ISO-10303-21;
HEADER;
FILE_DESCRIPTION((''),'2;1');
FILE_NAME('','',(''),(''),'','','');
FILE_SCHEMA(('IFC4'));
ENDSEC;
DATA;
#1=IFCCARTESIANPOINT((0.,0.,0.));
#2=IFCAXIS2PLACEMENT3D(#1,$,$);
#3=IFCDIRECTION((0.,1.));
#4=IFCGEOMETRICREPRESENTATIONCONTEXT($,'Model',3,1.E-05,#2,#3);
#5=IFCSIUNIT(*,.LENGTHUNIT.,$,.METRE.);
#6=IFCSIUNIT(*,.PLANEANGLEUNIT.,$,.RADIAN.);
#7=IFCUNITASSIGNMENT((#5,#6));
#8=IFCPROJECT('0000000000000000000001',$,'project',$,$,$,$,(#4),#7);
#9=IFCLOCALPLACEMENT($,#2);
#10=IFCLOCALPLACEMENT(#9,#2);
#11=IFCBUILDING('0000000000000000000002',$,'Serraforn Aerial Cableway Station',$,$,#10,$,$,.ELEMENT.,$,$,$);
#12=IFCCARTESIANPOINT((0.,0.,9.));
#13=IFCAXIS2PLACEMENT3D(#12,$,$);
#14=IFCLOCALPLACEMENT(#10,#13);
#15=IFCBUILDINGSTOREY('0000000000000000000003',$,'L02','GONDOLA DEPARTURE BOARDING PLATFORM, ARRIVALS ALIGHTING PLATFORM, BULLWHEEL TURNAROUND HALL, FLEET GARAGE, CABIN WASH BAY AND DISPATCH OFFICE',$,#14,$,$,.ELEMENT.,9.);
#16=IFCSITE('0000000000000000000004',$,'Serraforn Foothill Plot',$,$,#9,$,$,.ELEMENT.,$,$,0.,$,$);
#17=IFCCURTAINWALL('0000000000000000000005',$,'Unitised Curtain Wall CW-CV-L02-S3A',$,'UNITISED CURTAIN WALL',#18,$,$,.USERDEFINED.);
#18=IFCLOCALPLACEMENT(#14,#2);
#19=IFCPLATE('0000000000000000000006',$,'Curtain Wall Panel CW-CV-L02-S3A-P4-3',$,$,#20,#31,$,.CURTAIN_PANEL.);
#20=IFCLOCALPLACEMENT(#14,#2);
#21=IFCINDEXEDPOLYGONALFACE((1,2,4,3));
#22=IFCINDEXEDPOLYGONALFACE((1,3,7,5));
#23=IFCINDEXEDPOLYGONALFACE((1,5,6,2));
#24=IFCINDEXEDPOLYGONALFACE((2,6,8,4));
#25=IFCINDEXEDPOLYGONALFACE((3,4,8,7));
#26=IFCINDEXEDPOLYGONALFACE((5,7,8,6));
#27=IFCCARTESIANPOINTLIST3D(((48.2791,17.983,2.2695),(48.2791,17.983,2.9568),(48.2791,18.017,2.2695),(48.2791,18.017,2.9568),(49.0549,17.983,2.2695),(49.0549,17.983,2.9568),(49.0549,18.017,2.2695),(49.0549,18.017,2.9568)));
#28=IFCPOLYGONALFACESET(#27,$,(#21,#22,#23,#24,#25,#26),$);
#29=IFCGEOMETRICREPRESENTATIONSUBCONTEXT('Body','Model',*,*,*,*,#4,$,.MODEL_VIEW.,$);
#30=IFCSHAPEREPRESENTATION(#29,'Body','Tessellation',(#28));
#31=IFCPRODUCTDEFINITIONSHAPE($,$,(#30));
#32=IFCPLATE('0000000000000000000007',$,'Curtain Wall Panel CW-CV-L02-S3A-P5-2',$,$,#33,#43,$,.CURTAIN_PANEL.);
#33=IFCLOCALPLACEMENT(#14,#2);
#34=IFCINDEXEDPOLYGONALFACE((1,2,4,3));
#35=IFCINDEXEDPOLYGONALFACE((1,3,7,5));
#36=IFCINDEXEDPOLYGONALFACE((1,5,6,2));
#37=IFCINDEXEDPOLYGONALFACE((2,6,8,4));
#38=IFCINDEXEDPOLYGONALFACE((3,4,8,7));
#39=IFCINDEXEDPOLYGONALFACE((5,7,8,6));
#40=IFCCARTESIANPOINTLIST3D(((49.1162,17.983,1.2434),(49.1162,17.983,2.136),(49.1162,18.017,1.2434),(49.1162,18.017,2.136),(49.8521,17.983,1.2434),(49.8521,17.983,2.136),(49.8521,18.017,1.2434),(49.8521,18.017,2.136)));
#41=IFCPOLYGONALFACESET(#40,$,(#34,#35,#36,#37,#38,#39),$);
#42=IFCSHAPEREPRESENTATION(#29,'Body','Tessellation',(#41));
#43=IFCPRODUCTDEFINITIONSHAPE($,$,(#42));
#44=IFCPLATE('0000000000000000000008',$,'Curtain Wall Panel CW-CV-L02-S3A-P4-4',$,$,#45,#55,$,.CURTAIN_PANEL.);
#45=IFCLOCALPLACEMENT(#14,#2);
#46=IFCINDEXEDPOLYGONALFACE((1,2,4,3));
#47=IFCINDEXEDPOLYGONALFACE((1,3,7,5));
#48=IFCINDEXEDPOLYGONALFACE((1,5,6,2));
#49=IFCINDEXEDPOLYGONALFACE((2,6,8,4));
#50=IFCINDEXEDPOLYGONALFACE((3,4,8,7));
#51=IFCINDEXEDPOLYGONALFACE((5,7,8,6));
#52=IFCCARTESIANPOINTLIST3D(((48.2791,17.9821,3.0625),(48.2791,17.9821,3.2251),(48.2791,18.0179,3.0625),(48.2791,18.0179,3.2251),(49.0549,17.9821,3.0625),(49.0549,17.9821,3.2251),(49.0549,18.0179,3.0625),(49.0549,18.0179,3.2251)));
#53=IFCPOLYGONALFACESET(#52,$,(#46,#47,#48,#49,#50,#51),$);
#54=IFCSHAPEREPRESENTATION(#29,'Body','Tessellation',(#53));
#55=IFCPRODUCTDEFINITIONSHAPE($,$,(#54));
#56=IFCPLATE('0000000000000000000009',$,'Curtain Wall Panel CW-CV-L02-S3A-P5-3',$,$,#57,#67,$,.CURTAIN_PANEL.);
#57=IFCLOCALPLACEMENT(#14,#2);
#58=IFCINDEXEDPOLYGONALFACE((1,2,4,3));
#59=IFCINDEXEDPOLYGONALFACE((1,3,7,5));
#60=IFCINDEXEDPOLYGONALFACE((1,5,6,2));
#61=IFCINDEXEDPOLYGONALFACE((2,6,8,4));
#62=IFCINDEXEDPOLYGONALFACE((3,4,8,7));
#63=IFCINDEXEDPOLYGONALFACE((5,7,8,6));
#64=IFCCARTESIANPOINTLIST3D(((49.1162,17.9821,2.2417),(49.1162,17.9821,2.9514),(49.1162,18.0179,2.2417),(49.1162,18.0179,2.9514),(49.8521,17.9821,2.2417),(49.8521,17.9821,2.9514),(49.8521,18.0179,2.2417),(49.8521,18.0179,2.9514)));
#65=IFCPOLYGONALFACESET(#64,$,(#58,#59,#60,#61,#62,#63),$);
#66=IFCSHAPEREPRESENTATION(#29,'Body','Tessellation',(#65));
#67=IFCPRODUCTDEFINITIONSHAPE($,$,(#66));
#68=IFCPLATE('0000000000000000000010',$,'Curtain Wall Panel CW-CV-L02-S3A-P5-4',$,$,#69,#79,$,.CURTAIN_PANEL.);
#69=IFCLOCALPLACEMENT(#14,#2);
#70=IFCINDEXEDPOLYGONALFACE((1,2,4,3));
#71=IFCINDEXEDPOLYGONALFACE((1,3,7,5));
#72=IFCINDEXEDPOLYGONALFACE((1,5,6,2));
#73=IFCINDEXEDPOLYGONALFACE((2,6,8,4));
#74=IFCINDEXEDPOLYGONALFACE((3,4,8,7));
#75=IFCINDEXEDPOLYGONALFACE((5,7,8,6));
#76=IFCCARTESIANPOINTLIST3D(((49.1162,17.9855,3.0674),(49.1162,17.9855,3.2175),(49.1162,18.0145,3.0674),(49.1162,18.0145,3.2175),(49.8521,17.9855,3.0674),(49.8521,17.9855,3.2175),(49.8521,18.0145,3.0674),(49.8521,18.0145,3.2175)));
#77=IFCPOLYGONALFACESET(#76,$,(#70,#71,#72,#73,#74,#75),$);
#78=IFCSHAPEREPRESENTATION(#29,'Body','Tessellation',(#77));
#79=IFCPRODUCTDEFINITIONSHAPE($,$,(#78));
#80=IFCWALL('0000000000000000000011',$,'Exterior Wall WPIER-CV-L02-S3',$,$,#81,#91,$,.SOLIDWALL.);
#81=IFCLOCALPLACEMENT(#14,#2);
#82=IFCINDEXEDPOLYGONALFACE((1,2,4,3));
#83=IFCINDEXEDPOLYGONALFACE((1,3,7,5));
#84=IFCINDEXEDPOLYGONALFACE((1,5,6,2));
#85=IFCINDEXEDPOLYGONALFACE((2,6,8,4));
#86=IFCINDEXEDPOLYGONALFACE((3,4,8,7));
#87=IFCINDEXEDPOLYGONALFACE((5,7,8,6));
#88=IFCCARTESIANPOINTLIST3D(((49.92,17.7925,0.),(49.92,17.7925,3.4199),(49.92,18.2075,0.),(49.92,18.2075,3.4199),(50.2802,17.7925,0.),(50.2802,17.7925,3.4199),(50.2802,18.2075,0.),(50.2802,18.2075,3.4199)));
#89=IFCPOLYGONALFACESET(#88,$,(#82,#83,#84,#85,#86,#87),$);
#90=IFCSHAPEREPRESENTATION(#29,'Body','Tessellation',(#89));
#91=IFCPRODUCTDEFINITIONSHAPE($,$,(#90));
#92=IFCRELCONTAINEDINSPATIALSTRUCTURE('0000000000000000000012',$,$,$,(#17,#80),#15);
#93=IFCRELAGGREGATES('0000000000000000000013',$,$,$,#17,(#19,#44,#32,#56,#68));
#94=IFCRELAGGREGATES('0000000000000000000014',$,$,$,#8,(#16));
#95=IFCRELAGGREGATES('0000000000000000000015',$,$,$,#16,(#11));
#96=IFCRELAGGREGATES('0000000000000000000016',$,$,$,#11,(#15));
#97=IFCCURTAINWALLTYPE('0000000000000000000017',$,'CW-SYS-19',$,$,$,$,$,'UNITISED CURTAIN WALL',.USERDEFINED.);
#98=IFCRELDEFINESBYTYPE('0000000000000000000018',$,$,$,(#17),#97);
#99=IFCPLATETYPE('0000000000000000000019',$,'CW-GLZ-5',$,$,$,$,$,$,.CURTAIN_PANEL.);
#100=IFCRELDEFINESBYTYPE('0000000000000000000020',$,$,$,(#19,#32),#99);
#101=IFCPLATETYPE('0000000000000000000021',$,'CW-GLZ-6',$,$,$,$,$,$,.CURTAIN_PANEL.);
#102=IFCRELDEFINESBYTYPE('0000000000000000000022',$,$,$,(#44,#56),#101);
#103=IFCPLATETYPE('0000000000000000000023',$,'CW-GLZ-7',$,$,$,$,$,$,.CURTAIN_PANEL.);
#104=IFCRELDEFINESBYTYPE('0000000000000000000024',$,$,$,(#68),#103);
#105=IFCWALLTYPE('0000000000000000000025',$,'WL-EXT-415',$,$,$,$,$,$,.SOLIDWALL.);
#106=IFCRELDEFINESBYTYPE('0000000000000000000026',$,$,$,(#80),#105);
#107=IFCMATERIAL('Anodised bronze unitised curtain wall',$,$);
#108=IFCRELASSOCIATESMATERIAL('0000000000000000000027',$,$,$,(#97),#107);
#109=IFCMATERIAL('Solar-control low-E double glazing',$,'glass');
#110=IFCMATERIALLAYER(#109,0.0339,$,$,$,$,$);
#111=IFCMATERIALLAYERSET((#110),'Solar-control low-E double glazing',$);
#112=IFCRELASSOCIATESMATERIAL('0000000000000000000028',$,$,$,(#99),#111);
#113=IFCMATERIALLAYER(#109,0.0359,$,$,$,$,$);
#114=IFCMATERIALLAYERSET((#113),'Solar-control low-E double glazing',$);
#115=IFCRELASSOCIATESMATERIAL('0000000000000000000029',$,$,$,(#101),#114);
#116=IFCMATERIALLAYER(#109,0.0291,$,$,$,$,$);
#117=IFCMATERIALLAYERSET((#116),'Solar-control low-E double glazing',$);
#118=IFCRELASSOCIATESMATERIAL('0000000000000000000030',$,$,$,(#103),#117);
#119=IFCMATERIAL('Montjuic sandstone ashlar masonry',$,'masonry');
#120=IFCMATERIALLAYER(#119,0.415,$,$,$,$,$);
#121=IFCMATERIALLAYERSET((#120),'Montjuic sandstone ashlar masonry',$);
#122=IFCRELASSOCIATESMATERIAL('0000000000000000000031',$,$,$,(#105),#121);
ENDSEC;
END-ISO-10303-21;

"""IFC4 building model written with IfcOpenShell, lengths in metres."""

from ifc_helpers import new_model, si_unit, direction, frame, frame_2d, origin, origin_2d, place, context, subcontext, project, spatial, rectangle, extrude, material, layer, layer_set, type_object, element, aggregate, save


model = new_model("IFC4")

# Units and contexts
model_context = context("Model", 3, precision=1e-05, world=origin(), true_north=direction((0.0, 1.0)))
body_context = subcontext(model_context, "Body", "Model", "MODEL_VIEW")
ifc_project = project(units=[si_unit("LENGTHUNIT", "METRE"), si_unit("PLANEANGLEUNIT", "RADIAN")], contexts=[model_context])

# Site, building, storey
site_placement = place(None, origin())
site = spatial("IfcSite", under=ifc_project, at=site_placement, Name="Serraforn Foothill Plot", CompositionType="ELEMENT", RefElevation=0.0)
building_placement = place(site_placement, origin())
building = spatial("IfcBuilding", under=site, at=building_placement, Name="Serraforn Aerial Cableway Station", CompositionType="ELEMENT")
storey_placement = place(building_placement, frame((0.0, 0.0, 9.0)))
storey = spatial("IfcBuildingStorey", under=building, at=storey_placement, Name="L02", Description="GONDOLA DEPARTURE BOARDING PLATFORM, ARRIVALS ALIGHTING PLATFORM, BULLWHEEL TURNAROUND HALL, FLEET GARAGE, CABIN WASH BAY AND DISPATCH OFFICE", CompositionType="ELEMENT", Elevation=9.0)

# Curtain wall
ifc_material_1 = material(Name="Anodised bronze unitised curtain wall")
curtain_wall_type_1 = type_object("IfcCurtainWallType", Name="CW-SYS-19", ElementType="UNITISED CURTAIN WALL", PredefinedType="USERDEFINED", material=ifc_material_1)
curtain_wall_1_placement = place(storey_placement, origin())
curtain_wall_1 = element("IfcCurtainWall", 1, at=curtain_wall_1_placement, inside=storey, type_object=curtain_wall_type_1, Name="Unitised Curtain Wall CW-CV-L02-S3A", ObjectType="UNITISED CURTAIN WALL", PredefinedType="USERDEFINED")

# Plates
ifc_material_2 = material(Name="Solar-control low-E double glazing", Category="glass")
ifc_layer_1 = layer(ifc_material_2, 0.0339)
ifc_layer_set_1 = layer_set([ifc_layer_1], Name="Solar-control low-E double glazing")
plate_type_1 = type_object("IfcPlateType", Name="CW-GLZ-5", PredefinedType="CURTAIN_PANEL", material=ifc_layer_set_1)
plate_1_placement = place(storey_placement, frame((48.667, 18.0, 2.2695), z_axis=(0.0, 0.0, 1.0), x_axis=(1.0, 0.0, 0.0)))
plate_1 = element("IfcPlate", 2, at=plate_1_placement, type_object=plate_type_1, Name="Curtain Wall Panel CW-CV-L02-S3A-P4-3", PredefinedType="CURTAIN_PANEL", context=body_context, shape_type="SweptSolid", body=[
    extrude(rectangle(XDim=0.7759, YDim=0.0339, at=origin_2d()), origin(), (0.0, 0.0, 1.0), 0.6873),
])
plate_2_placement = place(storey_placement, frame((49.4841, 18.0, 1.2434), z_axis=(0.0, 0.0, 1.0), x_axis=(1.0, 0.0, 0.0)))
plate_2 = element("IfcPlate", 3, at=plate_2_placement, type_object=plate_type_1, Name="Curtain Wall Panel CW-CV-L02-S3A-P5-2", PredefinedType="CURTAIN_PANEL", context=body_context, shape_type="SweptSolid", body=[
    extrude(rectangle(XDim=0.7358, YDim=0.0339, at=origin_2d()), origin(), (0.0, 0.0, 1.0), 0.8926),
])
ifc_layer_2 = layer(ifc_material_2, 0.0359)
ifc_layer_set_2 = layer_set([ifc_layer_2], Name="Solar-control low-E double glazing")
plate_type_2 = type_object("IfcPlateType", Name="CW-GLZ-6", PredefinedType="CURTAIN_PANEL", material=ifc_layer_set_2)
plate_3_placement = place(storey_placement, frame((48.667, 18.0, 3.0625), z_axis=(0.0, 0.0, 1.0), x_axis=(1.0, 0.0, 0.0)))
plate_3 = element("IfcPlate", 4, at=plate_3_placement, type_object=plate_type_2, Name="Curtain Wall Panel CW-CV-L02-S3A-P4-4", PredefinedType="CURTAIN_PANEL", context=body_context, shape_type="SweptSolid", body=[
    extrude(rectangle(XDim=0.7759, YDim=0.0359, at=origin_2d()), origin(), (0.0, 0.0, 1.0), 0.1626),
])
plate_4_placement = place(storey_placement, frame((49.4841, 18.0, 2.2417), z_axis=(0.0, 0.0, 1.0), x_axis=(1.0, 0.0, 0.0)))
plate_4 = element("IfcPlate", 5, at=plate_4_placement, type_object=plate_type_2, Name="Curtain Wall Panel CW-CV-L02-S3A-P5-3", PredefinedType="CURTAIN_PANEL", context=body_context, shape_type="SweptSolid", body=[
    extrude(rectangle(XDim=0.7358, YDim=0.0359, at=origin_2d()), origin(), (0.0, 0.0, 1.0), 0.7097),
])
ifc_layer_3 = layer(ifc_material_2, 0.0291)
ifc_layer_set_3 = layer_set([ifc_layer_3], Name="Solar-control low-E double glazing")
plate_type_3 = type_object("IfcPlateType", Name="CW-GLZ-7", PredefinedType="CURTAIN_PANEL", material=ifc_layer_set_3)
plate_5_placement = place(storey_placement, frame((49.4841, 18.0, 3.0674), z_axis=(0.0, 0.0, 1.0), x_axis=(1.0, 0.0, 0.0)))
plate_5 = element("IfcPlate", 6, at=plate_5_placement, type_object=plate_type_3, Name="Curtain Wall Panel CW-CV-L02-S3A-P5-4", PredefinedType="CURTAIN_PANEL", context=body_context, shape_type="SweptSolid", body=[
    extrude(rectangle(XDim=0.7358, YDim=0.0291, at=origin_2d()), origin(), (0.0, 0.0, 1.0), 0.1501),
])
aggregate(curtain_wall_1, [plate_1, plate_3, plate_2, plate_4, plate_5])

# Wall
ifc_material_3 = material(Name="Montjuic sandstone ashlar masonry", Category="masonry")
ifc_layer_4 = layer(ifc_material_3, 0.415)
ifc_layer_set_4 = layer_set([ifc_layer_4], Name="Montjuic sandstone ashlar masonry")
wall_type = type_object("IfcWallType", Name="WL-EXT-415", PredefinedType="SOLIDWALL", material=ifc_layer_set_4)
wall_placement = place(storey_placement, frame((49.9199, 18.0, 0.0), z_axis=(0.0, 0.0, 1.0), x_axis=(1.0, 0.0, 0.0)))
element("IfcWall", 7, at=wall_placement, inside=storey, type_object=wall_type, Name="Exterior Wall WPIER-CV-L02-S3", PredefinedType="SOLIDWALL", context=body_context, shape_type="SweptSolid", body=[
    extrude(rectangle(XDim=0.3601, YDim=0.415, at=frame_2d((0.1802, 0.0))), origin(), (0.0, 0.0, 1.0), 3.4199),
])

save(model, "model.ifc")
